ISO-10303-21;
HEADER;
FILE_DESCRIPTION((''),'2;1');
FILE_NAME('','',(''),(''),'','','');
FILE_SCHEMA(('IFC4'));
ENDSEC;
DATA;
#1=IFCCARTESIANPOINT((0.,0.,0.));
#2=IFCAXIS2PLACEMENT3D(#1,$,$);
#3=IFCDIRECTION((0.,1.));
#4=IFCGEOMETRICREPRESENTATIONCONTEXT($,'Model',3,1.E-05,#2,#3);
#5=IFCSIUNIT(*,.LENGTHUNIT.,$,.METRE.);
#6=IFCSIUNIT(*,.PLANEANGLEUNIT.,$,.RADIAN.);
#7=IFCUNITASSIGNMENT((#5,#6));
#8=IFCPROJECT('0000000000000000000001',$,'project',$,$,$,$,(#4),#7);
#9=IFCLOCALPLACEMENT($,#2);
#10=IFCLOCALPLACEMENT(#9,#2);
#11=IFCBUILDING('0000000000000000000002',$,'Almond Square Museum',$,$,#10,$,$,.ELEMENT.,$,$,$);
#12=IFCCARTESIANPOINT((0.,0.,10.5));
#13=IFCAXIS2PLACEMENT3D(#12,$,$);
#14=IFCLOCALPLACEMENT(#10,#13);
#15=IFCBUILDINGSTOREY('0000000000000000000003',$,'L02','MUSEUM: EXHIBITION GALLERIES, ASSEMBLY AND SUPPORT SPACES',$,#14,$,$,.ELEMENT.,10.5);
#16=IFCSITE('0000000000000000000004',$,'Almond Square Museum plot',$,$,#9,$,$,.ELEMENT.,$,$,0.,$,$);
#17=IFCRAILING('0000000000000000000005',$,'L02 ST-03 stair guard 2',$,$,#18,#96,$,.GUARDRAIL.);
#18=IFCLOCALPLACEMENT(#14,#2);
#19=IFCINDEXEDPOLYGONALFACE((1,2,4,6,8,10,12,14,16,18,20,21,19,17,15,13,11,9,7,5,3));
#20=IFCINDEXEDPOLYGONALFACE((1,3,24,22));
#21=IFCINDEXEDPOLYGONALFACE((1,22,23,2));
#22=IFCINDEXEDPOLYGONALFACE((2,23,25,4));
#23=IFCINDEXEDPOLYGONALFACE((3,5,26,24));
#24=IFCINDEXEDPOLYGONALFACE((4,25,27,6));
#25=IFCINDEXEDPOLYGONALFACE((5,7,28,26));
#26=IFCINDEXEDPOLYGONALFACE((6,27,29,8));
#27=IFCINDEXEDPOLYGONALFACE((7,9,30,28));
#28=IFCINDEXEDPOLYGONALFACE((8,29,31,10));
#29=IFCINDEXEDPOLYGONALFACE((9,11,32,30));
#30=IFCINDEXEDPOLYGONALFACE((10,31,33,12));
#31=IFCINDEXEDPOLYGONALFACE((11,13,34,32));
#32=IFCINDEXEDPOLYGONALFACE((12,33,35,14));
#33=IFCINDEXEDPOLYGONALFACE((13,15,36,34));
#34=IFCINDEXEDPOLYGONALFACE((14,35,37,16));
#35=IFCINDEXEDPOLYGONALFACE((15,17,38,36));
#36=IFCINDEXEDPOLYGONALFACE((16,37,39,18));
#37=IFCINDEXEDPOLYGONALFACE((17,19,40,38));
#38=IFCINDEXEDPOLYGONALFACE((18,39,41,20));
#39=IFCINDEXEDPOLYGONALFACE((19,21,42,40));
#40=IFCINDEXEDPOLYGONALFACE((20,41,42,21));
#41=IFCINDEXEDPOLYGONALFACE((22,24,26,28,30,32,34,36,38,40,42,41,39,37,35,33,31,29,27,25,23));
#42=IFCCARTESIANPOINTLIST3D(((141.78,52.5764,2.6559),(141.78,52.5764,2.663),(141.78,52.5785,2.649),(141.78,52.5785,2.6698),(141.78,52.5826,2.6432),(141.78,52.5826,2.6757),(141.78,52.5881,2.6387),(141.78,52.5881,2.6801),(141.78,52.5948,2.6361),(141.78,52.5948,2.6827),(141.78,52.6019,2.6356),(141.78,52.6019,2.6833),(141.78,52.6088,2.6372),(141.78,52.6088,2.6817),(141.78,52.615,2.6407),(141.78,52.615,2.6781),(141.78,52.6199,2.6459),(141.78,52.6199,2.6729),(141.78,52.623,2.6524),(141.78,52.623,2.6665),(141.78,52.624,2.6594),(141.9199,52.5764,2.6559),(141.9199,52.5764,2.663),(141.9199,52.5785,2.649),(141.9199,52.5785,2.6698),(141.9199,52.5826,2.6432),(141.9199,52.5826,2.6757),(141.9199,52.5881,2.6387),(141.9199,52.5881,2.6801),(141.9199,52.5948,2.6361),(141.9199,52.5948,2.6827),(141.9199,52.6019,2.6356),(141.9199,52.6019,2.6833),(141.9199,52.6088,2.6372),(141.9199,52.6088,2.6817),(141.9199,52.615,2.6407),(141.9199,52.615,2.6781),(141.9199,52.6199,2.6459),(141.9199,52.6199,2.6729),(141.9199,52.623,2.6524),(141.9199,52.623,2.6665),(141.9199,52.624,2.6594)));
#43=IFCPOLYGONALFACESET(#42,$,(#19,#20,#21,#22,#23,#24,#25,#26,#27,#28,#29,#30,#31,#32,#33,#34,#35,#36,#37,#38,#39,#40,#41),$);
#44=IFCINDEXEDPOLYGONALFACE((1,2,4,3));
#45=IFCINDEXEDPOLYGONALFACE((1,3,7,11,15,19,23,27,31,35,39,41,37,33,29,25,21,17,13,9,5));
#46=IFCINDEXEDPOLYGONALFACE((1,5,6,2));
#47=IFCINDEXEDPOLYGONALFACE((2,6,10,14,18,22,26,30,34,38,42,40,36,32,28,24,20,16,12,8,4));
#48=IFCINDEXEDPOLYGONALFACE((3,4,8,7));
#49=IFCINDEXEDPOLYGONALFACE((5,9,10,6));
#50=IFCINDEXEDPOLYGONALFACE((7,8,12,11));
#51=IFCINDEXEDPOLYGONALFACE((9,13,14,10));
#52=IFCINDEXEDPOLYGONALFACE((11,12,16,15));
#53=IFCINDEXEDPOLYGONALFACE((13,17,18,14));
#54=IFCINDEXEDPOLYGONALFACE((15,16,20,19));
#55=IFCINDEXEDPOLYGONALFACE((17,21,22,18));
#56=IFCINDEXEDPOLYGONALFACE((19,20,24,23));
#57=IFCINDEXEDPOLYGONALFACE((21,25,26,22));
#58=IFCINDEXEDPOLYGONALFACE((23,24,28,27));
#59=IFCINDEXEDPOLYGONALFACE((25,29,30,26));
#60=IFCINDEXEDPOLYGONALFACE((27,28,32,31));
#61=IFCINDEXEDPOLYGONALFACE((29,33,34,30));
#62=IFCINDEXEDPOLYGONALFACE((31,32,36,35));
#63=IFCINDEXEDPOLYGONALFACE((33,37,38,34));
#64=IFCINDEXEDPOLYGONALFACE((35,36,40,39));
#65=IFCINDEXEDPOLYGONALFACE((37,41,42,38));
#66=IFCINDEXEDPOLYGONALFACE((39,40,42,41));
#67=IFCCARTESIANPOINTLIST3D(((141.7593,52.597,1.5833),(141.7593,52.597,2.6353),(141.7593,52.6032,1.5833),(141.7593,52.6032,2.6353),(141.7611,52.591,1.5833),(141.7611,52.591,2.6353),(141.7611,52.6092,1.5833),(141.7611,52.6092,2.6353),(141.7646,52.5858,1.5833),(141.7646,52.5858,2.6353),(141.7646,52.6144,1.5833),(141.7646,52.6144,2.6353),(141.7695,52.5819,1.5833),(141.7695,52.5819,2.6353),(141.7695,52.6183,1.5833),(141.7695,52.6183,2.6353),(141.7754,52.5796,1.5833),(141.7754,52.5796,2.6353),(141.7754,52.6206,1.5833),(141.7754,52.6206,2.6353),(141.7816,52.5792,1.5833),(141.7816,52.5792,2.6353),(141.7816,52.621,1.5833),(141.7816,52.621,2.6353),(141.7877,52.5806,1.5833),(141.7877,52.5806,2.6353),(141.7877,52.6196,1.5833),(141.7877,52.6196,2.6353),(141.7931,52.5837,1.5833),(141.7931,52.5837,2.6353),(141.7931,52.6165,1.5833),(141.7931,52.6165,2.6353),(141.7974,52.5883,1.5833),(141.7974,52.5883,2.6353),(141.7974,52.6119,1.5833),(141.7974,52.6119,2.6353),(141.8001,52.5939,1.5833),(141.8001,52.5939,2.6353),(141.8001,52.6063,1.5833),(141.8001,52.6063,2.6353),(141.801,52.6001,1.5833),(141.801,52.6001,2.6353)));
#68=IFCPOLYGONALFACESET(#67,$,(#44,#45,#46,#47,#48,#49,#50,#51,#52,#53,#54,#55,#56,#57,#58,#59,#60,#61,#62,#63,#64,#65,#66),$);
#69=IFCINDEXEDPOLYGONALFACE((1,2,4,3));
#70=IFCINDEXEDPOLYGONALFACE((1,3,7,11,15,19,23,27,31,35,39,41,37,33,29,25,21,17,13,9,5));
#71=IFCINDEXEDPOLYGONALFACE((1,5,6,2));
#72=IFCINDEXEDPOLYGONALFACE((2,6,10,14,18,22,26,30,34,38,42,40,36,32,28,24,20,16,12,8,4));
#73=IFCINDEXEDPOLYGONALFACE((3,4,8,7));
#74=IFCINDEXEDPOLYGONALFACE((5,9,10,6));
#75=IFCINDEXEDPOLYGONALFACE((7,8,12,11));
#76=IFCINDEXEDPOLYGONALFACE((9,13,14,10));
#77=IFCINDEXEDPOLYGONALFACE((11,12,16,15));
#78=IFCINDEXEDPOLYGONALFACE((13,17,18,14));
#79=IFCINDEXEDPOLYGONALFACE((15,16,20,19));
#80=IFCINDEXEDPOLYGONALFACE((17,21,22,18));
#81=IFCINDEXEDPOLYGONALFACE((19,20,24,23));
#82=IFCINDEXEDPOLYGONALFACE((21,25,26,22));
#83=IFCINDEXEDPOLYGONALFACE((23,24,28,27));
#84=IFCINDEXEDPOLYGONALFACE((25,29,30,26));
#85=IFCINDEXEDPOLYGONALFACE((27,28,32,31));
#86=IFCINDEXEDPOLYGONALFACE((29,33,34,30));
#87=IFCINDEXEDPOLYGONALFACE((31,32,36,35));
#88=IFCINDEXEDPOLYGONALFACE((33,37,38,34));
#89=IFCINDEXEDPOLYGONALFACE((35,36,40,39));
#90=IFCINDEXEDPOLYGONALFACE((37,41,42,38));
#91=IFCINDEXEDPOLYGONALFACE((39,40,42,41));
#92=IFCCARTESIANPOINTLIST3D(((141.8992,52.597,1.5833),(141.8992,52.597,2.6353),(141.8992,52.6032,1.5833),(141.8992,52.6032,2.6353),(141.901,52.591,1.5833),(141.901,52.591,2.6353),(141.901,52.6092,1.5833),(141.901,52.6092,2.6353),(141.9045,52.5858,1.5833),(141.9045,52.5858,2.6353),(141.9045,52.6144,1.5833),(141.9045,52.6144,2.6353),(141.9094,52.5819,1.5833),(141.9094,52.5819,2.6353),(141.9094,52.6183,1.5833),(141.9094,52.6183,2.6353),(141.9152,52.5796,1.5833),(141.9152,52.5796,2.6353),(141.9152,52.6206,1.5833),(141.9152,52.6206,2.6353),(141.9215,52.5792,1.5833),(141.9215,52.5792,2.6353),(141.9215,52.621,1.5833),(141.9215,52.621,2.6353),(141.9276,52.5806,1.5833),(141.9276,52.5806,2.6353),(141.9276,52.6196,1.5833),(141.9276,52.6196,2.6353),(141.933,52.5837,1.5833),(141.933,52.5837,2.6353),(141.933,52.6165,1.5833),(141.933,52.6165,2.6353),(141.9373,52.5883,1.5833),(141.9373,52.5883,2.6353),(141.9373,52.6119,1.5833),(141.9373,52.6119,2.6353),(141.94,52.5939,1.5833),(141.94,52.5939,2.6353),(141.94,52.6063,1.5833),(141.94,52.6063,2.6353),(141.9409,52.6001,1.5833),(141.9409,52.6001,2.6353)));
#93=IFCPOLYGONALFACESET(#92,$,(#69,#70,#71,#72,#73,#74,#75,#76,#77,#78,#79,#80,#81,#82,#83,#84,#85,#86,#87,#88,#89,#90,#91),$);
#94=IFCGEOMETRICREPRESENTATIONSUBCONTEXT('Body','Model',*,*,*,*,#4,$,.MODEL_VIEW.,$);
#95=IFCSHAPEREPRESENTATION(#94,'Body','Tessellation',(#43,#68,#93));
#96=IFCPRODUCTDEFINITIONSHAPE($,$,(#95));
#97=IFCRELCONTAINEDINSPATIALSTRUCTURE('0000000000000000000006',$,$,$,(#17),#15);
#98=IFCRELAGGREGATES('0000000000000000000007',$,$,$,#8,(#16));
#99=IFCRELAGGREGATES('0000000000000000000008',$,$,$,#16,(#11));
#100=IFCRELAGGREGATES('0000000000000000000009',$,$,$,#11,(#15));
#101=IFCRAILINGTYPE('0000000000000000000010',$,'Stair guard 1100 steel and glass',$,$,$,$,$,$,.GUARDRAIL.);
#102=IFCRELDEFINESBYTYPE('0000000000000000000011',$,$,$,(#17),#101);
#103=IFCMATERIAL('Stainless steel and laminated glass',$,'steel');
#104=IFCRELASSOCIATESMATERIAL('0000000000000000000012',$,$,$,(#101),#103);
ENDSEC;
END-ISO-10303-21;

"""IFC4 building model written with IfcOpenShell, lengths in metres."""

from ifc_helpers import new_model, si_unit, direction, frame, origin, origin_2d, place, context, subcontext, project, spatial, circle, extrude, material, type_object, element, save


model = new_model("IFC4")

# Units and contexts
model_context = context("Model", 3, precision=1e-05, world=origin(), true_north=direction((0.0, 1.0)))
body_context = subcontext(model_context, "Body", "Model", "MODEL_VIEW")
ifc_project = project(units=[si_unit("LENGTHUNIT", "METRE"), si_unit("PLANEANGLEUNIT", "RADIAN")], contexts=[model_context])

# Site, building, storey
site_placement = place(None, origin())
site = spatial("IfcSite", under=ifc_project, at=site_placement, Name="Almond Square Museum plot", CompositionType="ELEMENT", RefElevation=0.0)
building_placement = place(site_placement, origin())
building = spatial("IfcBuilding", under=site, at=building_placement, Name="Almond Square Museum", CompositionType="ELEMENT")
storey_placement = place(building_placement, frame((0.0, 0.0, 10.5)))
storey = spatial("IfcBuildingStorey", under=building, at=storey_placement, Name="L02", Description="MUSEUM: EXHIBITION GALLERIES, ASSEMBLY AND SUPPORT SPACES", CompositionType="ELEMENT", Elevation=10.5)

# Railing
ifc_material_1 = material(Name="Stainless steel and laminated glass", Category="steel")
railing_type_1 = type_object("IfcRailingType", Name="Stair guard 1100 steel and glass", PredefinedType="GUARDRAIL", material=ifc_material_1)
railing_1_placement = place(storey_placement, frame((141.78, 52.6001, 1.5833)))
element("IfcRailing", 1, at=railing_1_placement, inside=storey, type_object=railing_type_1, Name="L02 ST-03 stair guard 2", PredefinedType="GUARDRAIL", context=body_context, shape_type="SweptSolid", body=[
    extrude(circle(Radius=0.0239, at=origin_2d()), frame((0.0, 0.0, 1.0762), z_axis=(1.0, 0.0, 0.0), x_axis=(0.0, 1.0, 0.0)), (0.0, 0.0, 1.0), 0.1399),
    extrude(circle(Radius=0.021, at=origin_2d()), origin(), (0.0, 0.0, 1.0), 1.052),
    extrude(circle(Radius=0.021, at=origin_2d()), frame((0.1399, 0.0, 0.0)), (0.0, 0.0, 1.0), 1.052),
])

save(model, "model.ifc")
